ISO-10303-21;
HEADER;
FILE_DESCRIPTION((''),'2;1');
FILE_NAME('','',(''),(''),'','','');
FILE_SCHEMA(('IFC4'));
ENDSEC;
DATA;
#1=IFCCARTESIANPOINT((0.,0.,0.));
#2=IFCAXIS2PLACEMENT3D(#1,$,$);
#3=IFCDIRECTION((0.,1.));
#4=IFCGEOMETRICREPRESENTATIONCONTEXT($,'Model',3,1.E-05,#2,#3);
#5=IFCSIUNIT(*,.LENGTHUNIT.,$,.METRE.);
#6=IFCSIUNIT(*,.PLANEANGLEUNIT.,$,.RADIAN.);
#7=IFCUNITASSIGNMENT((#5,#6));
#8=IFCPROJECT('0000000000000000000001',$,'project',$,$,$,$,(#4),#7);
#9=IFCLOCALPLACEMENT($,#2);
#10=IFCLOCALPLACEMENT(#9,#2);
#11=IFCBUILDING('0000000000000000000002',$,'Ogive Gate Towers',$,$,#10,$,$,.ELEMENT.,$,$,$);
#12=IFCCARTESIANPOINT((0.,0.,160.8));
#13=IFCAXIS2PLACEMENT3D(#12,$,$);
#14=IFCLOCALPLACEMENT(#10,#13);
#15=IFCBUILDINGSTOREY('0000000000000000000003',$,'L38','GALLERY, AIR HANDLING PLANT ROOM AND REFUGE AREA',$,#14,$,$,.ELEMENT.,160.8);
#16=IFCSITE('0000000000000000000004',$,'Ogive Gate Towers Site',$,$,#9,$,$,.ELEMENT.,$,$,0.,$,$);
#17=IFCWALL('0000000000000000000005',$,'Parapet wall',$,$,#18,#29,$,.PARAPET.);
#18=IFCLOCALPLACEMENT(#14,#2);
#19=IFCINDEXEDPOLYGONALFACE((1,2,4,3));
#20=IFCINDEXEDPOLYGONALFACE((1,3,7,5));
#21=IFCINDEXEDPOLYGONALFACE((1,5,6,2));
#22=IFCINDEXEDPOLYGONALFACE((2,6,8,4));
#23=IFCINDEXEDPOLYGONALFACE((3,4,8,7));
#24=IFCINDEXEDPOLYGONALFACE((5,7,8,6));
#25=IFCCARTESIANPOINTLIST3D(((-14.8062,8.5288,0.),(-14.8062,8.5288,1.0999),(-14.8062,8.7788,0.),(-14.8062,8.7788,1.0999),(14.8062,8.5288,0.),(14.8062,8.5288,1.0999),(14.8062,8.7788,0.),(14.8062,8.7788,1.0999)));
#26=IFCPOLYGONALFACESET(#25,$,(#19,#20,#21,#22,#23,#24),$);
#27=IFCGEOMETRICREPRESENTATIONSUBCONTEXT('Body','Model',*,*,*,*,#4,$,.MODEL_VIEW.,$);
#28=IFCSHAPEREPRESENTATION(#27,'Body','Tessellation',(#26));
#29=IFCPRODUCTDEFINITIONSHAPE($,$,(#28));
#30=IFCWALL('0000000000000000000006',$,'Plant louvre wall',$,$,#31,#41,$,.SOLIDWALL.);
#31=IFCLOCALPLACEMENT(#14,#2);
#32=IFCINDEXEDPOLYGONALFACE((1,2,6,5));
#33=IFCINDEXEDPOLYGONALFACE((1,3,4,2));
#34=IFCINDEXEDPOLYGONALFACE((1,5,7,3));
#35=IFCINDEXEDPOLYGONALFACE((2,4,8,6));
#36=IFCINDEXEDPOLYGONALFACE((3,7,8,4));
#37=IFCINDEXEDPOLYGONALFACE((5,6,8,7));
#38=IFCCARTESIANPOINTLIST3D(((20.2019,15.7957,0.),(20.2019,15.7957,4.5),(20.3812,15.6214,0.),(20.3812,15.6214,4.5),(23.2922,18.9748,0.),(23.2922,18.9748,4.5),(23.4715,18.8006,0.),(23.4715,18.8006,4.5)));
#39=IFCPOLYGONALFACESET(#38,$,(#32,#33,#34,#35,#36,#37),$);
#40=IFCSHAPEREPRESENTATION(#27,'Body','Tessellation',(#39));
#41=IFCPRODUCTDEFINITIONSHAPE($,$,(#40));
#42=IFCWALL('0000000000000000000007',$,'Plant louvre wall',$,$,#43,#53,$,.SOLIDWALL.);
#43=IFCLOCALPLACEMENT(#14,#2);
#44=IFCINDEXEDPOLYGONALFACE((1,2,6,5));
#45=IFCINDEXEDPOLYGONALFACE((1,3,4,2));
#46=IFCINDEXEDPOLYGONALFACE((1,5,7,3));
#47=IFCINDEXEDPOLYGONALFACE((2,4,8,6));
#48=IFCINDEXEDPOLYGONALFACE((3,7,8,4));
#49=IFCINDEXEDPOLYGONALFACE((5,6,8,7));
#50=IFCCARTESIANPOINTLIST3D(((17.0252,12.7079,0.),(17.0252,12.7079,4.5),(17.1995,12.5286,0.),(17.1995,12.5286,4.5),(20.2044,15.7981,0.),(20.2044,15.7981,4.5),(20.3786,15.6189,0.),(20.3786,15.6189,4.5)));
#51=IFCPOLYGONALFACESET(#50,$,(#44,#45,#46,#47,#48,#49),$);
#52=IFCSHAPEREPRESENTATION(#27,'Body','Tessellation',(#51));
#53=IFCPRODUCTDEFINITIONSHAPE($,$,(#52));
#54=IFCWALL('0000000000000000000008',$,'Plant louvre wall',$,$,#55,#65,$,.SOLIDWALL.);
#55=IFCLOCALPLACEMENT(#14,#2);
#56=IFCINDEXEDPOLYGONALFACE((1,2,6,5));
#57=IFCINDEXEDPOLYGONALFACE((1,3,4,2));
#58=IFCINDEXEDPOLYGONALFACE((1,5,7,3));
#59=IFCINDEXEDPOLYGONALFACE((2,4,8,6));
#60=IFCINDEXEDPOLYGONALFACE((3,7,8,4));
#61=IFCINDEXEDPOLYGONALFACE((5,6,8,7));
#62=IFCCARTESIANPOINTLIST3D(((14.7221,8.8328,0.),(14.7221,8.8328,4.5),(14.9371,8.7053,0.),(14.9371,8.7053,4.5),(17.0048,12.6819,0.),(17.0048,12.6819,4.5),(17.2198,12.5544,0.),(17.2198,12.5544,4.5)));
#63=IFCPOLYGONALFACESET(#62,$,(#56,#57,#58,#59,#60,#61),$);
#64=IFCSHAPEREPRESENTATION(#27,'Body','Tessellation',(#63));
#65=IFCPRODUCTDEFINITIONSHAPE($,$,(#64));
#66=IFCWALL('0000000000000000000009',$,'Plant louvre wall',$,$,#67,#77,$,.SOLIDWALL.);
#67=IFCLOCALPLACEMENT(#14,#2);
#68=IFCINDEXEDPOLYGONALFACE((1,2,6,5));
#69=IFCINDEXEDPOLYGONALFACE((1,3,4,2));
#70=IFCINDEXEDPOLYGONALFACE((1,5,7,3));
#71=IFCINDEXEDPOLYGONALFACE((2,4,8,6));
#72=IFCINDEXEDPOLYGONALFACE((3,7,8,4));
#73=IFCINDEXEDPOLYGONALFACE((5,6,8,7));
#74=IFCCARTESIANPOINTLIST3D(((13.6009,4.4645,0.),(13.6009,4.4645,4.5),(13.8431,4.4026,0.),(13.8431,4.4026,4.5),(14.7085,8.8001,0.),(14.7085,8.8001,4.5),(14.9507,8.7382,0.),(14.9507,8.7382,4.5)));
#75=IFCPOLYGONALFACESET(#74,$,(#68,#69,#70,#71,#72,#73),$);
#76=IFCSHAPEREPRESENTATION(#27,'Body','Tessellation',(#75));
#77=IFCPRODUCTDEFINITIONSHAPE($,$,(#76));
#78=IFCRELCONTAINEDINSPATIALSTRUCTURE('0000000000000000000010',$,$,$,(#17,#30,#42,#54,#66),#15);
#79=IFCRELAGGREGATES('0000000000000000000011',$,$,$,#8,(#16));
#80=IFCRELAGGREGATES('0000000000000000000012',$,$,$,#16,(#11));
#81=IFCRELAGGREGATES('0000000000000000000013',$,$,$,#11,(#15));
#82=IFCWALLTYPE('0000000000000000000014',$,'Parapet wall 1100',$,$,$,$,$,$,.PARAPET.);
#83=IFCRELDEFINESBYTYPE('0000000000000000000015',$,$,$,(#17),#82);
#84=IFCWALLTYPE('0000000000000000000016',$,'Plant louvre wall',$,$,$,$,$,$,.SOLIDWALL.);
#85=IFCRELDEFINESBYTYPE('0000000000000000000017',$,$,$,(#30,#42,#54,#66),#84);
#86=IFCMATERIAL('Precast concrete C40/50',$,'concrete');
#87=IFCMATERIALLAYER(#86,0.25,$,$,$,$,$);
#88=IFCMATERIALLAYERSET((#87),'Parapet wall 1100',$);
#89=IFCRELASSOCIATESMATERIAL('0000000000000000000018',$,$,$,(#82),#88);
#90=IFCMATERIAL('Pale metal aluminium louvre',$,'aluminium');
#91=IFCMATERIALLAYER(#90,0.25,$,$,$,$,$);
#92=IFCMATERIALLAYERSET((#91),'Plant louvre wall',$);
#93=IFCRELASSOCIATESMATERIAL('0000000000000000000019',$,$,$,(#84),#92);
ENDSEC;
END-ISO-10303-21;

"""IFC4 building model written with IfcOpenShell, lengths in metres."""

from ifc_helpers import new_model, si_unit, direction, frame, frame_2d, origin, place, context, subcontext, project, spatial, rectangle, extrude, material, layer, layer_set, type_object, element, save


model = new_model("IFC4")

# Units and contexts
model_context = context("Model", 3, precision=1e-05, world=origin(), true_north=direction((0.0, 1.0)))
body_context = subcontext(model_context, "Body", "Model", "MODEL_VIEW")
ifc_project = project(units=[si_unit("LENGTHUNIT", "METRE"), si_unit("PLANEANGLEUNIT", "RADIAN")], contexts=[model_context])

# Site, building, storey
site_placement = place(None, origin())
site = spatial("IfcSite", under=ifc_project, at=site_placement, Name="Ogive Gate Towers Site", CompositionType="ELEMENT", RefElevation=0.0)
building_placement = place(site_placement, origin())
building = spatial("IfcBuilding", under=site, at=building_placement, Name="Ogive Gate Towers", CompositionType="ELEMENT")
storey_placement = place(building_placement, frame((0.0, 0.0, 160.8)))
storey = spatial("IfcBuildingStorey", under=building, at=storey_placement, Name="L38", Description="GALLERY, AIR HANDLING PLANT ROOM AND REFUGE AREA", CompositionType="ELEMENT", Elevation=160.8)

# Walls
ifc_material_1 = material(Name="Precast concrete C40/50", Category="concrete")
ifc_layer_1 = layer(ifc_material_1, 0.25)
ifc_layer_set_1 = layer_set([ifc_layer_1], Name="Parapet wall 1100")
wall_type_1 = type_object("IfcWallType", Name="Parapet wall 1100", PredefinedType="PARAPET", material=ifc_layer_set_1)
wall_1_placement = place(storey_placement, frame((14.8062, 8.6538, 0.0), z_axis=(0.0, 0.0, 1.0), x_axis=(-1.0, 0.0, 0.0)))
element("IfcWall", 1, at=wall_1_placement, inside=storey, type_object=wall_type_1, Name="Parapet wall", PredefinedType="PARAPET", context=body_context, shape_type="SweptSolid", body=[
    extrude(rectangle(XDim=29.6123, YDim=0.25, at=frame_2d((14.8062, 0.0))), origin(), (0.0, 0.0, 1.0), 1.0999),
])
ifc_material_2 = material(Name="Pale metal aluminium louvre", Category="aluminium")
ifc_layer_2 = layer(ifc_material_2, 0.25)
ifc_layer_set_2 = layer_set([ifc_layer_2], Name="Plant louvre wall")
wall_type_2 = type_object("IfcWallType", Name="Plant louvre wall", PredefinedType="SOLIDWALL", material=ifc_layer_set_2)
for number, where, z_axis, x_axis, name in (
    (2, (23.3818, 18.8877, 0.0), (0.0, 0.0, 1.0), (-0.697014, -0.717058, 0.0), "Plant louvre wall"),
    (3, (20.2915, 15.7085, 0.0), (0.0, 0.0, 1.0), (-0.717058, -0.697014, 0.0), "Plant louvre wall"),
):
    element("IfcWall", number, at=place(storey_placement, frame(where, z_axis=z_axis, x_axis=x_axis)), inside=storey, type_object=wall_type_2, Name=name, PredefinedType="SOLIDWALL", context=body_context, shape_type="SweptSolid", body=[
        extrude(rectangle(XDim=4.4336, YDim=0.25, at=frame_2d((2.2168, 0.0))), origin(), (0.0, 0.0, 1.0), 4.5),
    ])
wall_2_placement = place(storey_placement, frame((17.1123, 12.6182, 0.0), z_axis=(0.0, 0.0, 1.0), x_axis=(-0.510092, -0.86012, 0.0)))
element("IfcWall", 4, at=wall_2_placement, inside=storey, type_object=wall_type_2, Name="Plant louvre wall", PredefinedType="SOLIDWALL", context=body_context, shape_type="SweptSolid", body=[
    extrude(rectangle(XDim=4.4751, YDim=0.25, at=frame_2d((2.2375, 0.0))), origin(), (0.0, 0.0, 1.0), 4.5),
])
wall_3_placement = place(storey_placement, frame((14.8296, 8.769, 0.0), z_axis=(0.0, 0.0, 1.0), x_axis=(-0.247526, -0.968881, 0.0)))
element("IfcWall", 5, at=wall_3_placement, inside=storey, type_object=wall_type_2, Name="Plant louvre wall", PredefinedType="SOLIDWALL", context=body_context, shape_type="SweptSolid", body=[
    extrude(rectangle(XDim=4.4749, YDim=0.25, at=frame_2d((2.2373, 0.0))), origin(), (0.0, 0.0, 1.0), 4.5),
])

save(model, "model.ifc")
